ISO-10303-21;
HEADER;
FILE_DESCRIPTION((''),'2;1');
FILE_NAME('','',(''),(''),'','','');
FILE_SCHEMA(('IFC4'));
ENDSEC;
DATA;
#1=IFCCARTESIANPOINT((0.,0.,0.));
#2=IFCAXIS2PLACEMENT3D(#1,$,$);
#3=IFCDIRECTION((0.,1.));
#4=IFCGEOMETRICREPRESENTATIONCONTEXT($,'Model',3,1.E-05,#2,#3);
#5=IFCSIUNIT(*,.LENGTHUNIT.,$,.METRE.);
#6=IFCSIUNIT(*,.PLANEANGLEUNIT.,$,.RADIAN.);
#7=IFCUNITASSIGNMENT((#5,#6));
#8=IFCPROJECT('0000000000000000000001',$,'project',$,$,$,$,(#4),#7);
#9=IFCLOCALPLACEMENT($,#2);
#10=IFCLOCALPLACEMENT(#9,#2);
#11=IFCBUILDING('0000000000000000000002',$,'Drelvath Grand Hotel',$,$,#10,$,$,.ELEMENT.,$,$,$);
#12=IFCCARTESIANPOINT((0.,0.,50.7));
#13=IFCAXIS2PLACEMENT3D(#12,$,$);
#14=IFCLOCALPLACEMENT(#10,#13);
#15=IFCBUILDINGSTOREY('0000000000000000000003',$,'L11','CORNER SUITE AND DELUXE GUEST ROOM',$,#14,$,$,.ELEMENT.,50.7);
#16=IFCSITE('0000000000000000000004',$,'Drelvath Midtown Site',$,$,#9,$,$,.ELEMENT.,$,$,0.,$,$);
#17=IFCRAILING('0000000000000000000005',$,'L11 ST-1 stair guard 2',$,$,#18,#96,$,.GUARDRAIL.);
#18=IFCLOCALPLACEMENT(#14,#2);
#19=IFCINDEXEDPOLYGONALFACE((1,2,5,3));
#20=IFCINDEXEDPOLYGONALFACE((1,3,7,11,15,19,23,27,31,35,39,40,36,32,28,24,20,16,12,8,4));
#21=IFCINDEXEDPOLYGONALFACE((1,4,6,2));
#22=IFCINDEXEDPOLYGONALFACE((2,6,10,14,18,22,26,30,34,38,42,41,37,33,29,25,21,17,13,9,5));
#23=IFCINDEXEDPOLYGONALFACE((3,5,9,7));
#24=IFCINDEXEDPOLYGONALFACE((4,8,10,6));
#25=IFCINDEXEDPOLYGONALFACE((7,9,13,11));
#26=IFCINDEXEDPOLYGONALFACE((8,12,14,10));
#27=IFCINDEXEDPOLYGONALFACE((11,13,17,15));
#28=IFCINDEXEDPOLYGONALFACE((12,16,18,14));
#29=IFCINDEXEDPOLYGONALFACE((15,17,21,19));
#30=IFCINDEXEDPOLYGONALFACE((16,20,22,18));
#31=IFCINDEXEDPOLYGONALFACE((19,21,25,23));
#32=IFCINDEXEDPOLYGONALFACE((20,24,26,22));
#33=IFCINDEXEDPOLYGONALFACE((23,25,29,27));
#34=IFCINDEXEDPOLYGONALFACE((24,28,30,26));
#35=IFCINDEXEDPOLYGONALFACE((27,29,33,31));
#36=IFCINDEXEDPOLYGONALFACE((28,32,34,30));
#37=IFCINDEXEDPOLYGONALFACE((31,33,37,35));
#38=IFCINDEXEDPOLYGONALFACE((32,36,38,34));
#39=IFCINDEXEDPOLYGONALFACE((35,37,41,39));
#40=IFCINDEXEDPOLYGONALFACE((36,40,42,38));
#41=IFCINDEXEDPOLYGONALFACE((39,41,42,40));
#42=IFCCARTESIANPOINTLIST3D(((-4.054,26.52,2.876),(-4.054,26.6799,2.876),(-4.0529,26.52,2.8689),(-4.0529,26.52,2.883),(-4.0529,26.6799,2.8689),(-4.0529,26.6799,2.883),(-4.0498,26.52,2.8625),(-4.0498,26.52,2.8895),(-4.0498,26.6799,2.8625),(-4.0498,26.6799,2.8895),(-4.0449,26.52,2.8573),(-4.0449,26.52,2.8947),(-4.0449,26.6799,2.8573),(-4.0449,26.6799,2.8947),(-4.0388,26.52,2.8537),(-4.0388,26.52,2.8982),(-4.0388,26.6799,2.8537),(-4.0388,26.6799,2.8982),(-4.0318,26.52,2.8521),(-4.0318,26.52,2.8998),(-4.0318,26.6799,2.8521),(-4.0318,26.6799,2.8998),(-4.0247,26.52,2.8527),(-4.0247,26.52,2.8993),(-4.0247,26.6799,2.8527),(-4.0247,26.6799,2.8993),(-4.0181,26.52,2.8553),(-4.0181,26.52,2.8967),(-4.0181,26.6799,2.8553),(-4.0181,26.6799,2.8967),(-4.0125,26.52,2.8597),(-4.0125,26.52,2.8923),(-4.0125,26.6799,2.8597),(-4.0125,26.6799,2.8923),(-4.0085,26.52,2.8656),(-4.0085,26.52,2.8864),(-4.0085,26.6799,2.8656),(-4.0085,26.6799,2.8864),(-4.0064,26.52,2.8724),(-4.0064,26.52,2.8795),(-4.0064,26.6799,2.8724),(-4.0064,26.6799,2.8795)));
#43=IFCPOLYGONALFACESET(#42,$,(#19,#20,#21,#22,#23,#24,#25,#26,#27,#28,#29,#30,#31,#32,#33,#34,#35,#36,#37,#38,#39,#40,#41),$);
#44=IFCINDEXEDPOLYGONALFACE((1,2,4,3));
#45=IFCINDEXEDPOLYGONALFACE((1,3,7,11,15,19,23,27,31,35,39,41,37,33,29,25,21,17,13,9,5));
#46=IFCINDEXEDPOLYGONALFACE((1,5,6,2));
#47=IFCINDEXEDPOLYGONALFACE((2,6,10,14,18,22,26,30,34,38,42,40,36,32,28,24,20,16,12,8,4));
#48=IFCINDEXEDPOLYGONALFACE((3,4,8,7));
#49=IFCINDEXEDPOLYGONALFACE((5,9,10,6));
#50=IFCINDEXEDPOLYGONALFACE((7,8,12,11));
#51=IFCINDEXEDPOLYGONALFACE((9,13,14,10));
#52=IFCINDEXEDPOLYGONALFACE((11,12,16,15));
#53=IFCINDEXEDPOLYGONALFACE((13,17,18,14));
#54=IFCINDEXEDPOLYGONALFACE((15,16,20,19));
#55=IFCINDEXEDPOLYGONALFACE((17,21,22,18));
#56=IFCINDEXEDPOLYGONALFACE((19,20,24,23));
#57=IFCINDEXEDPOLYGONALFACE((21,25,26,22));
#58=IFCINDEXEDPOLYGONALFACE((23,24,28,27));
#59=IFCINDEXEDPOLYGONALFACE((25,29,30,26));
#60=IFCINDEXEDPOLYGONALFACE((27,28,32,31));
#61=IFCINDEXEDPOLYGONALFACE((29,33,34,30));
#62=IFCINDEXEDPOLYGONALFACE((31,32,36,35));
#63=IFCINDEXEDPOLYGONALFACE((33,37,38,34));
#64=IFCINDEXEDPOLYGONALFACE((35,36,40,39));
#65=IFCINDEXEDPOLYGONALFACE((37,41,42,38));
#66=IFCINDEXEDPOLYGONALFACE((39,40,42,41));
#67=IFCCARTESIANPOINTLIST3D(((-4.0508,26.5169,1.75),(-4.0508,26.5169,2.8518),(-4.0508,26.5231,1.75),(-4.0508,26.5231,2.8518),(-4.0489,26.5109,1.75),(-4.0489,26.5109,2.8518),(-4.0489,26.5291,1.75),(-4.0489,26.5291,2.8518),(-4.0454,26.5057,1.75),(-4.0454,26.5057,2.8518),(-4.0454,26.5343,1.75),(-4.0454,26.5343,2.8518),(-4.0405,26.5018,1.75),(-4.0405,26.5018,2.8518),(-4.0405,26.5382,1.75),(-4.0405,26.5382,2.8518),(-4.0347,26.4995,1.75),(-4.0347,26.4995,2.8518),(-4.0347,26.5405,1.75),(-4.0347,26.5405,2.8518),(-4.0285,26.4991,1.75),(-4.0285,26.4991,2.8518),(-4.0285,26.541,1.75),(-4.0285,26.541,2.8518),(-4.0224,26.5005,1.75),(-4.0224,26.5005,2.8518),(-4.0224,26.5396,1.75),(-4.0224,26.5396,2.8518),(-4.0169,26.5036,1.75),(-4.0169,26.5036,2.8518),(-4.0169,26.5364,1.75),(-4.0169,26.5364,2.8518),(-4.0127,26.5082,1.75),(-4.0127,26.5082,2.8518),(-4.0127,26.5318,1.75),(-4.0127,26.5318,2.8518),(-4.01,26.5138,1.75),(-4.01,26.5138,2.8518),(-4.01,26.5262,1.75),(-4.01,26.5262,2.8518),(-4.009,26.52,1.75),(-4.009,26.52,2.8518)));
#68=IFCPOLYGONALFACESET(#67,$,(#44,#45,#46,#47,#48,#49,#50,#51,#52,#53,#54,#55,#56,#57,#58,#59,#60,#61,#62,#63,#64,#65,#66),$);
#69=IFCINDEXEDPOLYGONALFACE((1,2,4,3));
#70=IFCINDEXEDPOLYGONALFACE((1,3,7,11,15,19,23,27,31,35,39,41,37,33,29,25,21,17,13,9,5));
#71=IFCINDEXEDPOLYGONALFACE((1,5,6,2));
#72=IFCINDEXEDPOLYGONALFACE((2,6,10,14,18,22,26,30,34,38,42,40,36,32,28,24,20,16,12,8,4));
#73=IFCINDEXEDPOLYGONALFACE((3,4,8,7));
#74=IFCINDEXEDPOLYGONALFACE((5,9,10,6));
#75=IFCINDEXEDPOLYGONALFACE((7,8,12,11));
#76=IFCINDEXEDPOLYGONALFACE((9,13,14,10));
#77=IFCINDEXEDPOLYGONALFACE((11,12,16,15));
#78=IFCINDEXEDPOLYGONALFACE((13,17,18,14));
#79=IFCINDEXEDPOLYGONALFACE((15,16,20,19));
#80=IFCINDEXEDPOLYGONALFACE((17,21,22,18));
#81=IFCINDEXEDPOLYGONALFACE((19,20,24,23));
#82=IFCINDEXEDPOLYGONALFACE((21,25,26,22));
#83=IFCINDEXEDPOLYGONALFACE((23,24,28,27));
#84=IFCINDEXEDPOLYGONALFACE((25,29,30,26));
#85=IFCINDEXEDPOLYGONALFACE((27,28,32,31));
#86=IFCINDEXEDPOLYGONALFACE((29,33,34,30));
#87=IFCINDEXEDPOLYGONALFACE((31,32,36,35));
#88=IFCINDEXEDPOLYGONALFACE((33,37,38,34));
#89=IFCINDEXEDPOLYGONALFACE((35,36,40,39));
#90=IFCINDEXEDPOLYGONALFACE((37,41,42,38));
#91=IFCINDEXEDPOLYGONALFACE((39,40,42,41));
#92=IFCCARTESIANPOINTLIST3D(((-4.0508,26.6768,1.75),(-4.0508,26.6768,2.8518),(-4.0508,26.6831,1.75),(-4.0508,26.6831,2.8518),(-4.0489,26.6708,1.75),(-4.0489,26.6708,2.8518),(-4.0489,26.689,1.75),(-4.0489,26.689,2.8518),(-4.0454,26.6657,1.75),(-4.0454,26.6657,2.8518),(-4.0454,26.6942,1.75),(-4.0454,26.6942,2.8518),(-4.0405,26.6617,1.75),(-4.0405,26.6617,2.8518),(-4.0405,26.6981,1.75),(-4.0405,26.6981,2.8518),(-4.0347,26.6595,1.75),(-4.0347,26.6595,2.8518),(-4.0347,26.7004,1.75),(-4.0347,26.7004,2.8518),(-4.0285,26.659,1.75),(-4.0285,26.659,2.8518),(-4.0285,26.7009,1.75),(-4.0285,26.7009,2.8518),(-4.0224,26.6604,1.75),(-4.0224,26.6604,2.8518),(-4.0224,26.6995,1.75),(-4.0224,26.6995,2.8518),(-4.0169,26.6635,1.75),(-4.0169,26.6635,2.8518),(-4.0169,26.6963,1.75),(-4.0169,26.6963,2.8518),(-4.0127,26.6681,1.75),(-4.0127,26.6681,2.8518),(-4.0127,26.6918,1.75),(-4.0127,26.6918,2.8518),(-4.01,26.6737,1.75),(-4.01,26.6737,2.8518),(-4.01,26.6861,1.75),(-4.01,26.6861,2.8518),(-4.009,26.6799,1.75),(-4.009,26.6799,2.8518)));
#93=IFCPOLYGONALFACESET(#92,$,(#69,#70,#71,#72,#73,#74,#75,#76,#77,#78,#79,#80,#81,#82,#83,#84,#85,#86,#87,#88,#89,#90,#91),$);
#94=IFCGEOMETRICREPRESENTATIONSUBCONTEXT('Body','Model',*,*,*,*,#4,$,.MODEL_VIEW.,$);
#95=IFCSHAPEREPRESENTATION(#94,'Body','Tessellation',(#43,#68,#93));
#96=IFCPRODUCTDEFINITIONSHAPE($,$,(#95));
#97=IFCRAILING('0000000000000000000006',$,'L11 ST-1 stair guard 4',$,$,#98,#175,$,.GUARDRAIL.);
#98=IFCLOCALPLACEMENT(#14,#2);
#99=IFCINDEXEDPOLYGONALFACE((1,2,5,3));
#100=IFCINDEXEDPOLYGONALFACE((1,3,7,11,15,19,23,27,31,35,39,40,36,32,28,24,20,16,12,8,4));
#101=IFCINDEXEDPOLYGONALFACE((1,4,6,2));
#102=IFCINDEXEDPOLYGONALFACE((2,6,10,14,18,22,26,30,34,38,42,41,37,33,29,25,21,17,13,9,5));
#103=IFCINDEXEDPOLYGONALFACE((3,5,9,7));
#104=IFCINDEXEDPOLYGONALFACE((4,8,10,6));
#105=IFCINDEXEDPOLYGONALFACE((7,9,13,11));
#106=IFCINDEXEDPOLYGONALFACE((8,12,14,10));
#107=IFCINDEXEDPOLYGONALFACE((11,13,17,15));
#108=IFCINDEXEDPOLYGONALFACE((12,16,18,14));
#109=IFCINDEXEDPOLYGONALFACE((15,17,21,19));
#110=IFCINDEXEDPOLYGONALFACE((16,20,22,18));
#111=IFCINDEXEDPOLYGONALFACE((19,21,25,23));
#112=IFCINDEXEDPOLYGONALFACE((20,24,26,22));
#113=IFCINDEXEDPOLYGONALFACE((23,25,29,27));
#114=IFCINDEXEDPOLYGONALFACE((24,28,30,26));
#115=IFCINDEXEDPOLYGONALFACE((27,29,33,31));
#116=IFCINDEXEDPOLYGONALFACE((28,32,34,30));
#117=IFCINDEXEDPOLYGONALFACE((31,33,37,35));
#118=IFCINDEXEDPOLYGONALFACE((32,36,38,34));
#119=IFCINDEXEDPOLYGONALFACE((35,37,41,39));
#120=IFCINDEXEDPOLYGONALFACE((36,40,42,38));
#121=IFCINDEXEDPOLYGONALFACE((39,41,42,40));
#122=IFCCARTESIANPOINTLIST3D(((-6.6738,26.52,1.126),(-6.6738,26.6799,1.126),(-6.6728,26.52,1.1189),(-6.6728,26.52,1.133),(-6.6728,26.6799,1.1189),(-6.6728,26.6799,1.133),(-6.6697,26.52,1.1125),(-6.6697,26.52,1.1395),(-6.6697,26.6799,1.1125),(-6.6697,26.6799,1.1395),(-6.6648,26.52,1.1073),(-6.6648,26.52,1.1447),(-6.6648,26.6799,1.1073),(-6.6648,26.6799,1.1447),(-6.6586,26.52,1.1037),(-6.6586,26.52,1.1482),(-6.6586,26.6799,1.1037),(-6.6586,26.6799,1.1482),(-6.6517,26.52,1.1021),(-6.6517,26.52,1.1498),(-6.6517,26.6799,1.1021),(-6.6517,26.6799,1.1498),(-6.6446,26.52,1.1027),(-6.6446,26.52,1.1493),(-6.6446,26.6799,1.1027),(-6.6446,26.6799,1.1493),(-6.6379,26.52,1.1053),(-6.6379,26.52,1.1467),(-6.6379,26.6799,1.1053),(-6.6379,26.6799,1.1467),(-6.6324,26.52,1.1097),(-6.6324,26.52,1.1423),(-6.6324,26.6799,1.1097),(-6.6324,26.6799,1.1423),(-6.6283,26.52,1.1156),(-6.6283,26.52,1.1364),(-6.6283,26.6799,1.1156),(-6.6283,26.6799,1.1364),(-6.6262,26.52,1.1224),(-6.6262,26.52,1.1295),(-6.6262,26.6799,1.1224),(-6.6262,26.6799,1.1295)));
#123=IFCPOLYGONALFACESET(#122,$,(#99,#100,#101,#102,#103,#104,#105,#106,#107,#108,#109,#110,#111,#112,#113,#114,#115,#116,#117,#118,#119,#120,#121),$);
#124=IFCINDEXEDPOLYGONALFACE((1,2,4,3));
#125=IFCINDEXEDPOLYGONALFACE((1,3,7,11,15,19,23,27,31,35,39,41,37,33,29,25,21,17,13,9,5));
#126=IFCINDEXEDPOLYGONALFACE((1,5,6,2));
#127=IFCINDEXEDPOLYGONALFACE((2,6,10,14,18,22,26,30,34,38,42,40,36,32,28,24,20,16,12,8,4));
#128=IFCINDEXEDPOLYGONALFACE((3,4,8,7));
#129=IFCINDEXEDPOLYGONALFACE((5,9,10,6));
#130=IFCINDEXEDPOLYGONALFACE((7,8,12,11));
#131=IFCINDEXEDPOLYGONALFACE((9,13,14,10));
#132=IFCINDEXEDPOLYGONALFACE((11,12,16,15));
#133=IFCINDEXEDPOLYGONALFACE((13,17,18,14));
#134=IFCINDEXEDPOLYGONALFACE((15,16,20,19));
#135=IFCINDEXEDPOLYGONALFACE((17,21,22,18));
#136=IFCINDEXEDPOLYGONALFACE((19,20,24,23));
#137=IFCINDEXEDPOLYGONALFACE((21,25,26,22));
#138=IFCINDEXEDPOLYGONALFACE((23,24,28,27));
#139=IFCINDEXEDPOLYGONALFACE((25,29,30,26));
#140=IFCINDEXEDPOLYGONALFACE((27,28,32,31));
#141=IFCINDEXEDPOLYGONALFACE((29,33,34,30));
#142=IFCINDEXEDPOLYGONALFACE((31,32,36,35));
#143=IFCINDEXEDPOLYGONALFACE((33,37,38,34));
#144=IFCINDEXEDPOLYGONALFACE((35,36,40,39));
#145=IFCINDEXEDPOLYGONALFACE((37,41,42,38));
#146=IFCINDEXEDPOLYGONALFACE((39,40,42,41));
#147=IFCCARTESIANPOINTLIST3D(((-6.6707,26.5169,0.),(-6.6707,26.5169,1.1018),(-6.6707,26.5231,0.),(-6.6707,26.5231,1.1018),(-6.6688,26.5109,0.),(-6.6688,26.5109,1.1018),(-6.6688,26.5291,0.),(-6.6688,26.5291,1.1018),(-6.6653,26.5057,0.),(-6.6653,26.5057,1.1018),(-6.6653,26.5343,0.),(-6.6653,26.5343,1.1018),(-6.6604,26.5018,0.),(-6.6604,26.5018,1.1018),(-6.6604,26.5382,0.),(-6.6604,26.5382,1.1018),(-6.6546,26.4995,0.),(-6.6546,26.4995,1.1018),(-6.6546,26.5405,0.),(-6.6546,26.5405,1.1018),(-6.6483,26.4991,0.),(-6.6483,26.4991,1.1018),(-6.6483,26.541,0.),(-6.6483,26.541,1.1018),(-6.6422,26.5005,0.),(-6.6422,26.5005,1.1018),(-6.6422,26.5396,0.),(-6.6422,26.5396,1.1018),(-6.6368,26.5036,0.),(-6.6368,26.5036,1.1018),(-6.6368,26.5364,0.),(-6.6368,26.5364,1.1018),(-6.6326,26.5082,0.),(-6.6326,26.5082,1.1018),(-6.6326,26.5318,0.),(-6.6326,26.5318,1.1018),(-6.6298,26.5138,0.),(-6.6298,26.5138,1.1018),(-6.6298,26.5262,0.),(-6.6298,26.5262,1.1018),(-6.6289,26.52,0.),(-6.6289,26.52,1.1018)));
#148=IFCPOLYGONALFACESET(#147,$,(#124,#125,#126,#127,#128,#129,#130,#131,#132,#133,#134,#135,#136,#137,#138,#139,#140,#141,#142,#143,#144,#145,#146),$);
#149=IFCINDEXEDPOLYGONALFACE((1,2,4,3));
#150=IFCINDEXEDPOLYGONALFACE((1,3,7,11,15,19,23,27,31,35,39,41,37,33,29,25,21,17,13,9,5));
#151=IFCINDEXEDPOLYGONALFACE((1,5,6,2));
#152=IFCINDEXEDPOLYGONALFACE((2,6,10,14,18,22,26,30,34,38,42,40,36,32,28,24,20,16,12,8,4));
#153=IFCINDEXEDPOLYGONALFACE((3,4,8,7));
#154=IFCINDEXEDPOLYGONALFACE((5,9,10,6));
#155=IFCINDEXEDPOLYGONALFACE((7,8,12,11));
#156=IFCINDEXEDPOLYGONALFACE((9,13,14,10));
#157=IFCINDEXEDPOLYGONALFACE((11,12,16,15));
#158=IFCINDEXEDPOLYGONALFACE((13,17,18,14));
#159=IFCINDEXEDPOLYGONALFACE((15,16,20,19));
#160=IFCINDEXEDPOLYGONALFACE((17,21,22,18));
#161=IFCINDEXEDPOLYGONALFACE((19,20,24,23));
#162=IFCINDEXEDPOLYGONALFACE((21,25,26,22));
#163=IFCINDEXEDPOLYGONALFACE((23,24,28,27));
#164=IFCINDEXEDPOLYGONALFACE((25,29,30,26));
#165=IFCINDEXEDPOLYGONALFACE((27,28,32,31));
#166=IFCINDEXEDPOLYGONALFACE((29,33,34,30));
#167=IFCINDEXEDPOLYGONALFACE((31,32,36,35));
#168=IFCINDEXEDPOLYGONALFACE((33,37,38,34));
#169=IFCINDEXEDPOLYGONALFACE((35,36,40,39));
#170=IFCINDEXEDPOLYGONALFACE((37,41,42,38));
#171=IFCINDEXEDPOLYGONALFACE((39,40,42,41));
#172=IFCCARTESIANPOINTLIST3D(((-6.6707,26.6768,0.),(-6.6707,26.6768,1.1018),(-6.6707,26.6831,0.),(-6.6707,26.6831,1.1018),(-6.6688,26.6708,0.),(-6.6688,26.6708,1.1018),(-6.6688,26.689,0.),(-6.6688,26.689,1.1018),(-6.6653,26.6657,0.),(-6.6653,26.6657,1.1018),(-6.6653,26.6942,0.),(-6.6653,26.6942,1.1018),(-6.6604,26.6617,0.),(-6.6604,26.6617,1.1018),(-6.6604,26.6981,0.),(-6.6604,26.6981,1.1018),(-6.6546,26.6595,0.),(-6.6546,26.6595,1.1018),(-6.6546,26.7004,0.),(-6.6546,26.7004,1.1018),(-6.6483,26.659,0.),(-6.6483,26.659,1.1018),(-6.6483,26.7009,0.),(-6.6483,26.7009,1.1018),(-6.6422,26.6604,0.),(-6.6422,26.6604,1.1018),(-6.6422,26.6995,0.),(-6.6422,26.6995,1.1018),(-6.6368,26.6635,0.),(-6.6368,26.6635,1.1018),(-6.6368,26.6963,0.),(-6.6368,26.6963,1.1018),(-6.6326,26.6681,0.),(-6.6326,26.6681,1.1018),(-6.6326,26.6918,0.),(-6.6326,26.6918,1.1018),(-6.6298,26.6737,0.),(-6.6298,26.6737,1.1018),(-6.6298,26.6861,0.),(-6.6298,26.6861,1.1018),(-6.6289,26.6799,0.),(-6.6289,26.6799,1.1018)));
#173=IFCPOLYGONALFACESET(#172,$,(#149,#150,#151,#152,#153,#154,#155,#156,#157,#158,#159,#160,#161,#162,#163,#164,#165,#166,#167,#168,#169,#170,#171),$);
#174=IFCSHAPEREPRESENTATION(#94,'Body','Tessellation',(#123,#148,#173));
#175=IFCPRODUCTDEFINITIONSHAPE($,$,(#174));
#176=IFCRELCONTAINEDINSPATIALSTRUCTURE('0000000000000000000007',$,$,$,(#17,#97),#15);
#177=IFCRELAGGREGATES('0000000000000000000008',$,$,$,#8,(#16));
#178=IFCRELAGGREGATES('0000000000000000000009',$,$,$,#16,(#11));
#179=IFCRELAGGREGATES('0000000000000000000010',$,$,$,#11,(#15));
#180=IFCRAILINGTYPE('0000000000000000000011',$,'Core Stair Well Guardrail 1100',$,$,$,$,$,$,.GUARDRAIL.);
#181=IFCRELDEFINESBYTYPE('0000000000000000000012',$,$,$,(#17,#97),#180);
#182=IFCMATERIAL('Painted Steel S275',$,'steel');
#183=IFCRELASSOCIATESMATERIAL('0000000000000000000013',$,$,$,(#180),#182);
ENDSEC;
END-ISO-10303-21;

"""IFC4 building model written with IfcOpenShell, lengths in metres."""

from ifc_helpers import new_model, si_unit, direction, frame, origin, origin_2d, place, context, subcontext, project, spatial, circle, extrude, material, type_object, element, save


model = new_model("IFC4")

# Units and contexts
model_context = context("Model", 3, precision=1e-05, world=origin(), true_north=direction((0.0, 1.0)))
body_context = subcontext(model_context, "Body", "Model", "MODEL_VIEW")
ifc_project = project(units=[si_unit("LENGTHUNIT", "METRE"), si_unit("PLANEANGLEUNIT", "RADIAN")], contexts=[model_context])

# Site, building, storey
site_placement = place(None, origin())
site = spatial("IfcSite", under=ifc_project, at=site_placement, Name="Drelvath Midtown Site", CompositionType="ELEMENT", RefElevation=0.0)
building_placement = place(site_placement, origin())
building = spatial("IfcBuilding", under=site, at=building_placement, Name="Drelvath Grand Hotel", CompositionType="ELEMENT")
storey_placement = place(building_placement, frame((0.0, 0.0, 50.7)))
storey = spatial("IfcBuildingStorey", under=building, at=storey_placement, Name="L11", Description="CORNER SUITE AND DELUXE GUEST ROOM", CompositionType="ELEMENT", Elevation=50.7)

# Shared definitions
ifc_material_1 = material(Name="Painted Steel S275", Category="steel")

# Railings
railing_type_1 = type_object("IfcRailingType", Name="Core Stair Well Guardrail 1100", PredefinedType="GUARDRAIL", material=ifc_material_1)
for number, where, name in (
    (1, (-4.03, 26.52, 1.75), "L11 ST-1 stair guard 2"),
    (2, (-6.6499, 26.52, 0.0), "L11 ST-1 stair guard 4"),
):
    element("IfcRailing", number, at=place(storey_placement, frame(where)), inside=storey, type_object=railing_type_1, Name=name, PredefinedType="GUARDRAIL", context=body_context, shape_type="SweptSolid", body=[
        extrude(circle(Radius=0.0239, at=origin_2d()), frame((0.0, 0.0, 1.126), z_axis=(0.0, 1.0, 0.0), x_axis=(-1.0, 0.0, 0.0)), (0.0, 0.0, 1.0), 0.1599),
        extrude(circle(Radius=0.021, at=origin_2d()), origin(), (0.0, 0.0, 1.0), 1.1018),
        extrude(circle(Radius=0.021, at=origin_2d()), frame((0.0, 0.1599, 0.0)), (0.0, 0.0, 1.0), 1.1018),
    ])

save(model, "model.ifc")
